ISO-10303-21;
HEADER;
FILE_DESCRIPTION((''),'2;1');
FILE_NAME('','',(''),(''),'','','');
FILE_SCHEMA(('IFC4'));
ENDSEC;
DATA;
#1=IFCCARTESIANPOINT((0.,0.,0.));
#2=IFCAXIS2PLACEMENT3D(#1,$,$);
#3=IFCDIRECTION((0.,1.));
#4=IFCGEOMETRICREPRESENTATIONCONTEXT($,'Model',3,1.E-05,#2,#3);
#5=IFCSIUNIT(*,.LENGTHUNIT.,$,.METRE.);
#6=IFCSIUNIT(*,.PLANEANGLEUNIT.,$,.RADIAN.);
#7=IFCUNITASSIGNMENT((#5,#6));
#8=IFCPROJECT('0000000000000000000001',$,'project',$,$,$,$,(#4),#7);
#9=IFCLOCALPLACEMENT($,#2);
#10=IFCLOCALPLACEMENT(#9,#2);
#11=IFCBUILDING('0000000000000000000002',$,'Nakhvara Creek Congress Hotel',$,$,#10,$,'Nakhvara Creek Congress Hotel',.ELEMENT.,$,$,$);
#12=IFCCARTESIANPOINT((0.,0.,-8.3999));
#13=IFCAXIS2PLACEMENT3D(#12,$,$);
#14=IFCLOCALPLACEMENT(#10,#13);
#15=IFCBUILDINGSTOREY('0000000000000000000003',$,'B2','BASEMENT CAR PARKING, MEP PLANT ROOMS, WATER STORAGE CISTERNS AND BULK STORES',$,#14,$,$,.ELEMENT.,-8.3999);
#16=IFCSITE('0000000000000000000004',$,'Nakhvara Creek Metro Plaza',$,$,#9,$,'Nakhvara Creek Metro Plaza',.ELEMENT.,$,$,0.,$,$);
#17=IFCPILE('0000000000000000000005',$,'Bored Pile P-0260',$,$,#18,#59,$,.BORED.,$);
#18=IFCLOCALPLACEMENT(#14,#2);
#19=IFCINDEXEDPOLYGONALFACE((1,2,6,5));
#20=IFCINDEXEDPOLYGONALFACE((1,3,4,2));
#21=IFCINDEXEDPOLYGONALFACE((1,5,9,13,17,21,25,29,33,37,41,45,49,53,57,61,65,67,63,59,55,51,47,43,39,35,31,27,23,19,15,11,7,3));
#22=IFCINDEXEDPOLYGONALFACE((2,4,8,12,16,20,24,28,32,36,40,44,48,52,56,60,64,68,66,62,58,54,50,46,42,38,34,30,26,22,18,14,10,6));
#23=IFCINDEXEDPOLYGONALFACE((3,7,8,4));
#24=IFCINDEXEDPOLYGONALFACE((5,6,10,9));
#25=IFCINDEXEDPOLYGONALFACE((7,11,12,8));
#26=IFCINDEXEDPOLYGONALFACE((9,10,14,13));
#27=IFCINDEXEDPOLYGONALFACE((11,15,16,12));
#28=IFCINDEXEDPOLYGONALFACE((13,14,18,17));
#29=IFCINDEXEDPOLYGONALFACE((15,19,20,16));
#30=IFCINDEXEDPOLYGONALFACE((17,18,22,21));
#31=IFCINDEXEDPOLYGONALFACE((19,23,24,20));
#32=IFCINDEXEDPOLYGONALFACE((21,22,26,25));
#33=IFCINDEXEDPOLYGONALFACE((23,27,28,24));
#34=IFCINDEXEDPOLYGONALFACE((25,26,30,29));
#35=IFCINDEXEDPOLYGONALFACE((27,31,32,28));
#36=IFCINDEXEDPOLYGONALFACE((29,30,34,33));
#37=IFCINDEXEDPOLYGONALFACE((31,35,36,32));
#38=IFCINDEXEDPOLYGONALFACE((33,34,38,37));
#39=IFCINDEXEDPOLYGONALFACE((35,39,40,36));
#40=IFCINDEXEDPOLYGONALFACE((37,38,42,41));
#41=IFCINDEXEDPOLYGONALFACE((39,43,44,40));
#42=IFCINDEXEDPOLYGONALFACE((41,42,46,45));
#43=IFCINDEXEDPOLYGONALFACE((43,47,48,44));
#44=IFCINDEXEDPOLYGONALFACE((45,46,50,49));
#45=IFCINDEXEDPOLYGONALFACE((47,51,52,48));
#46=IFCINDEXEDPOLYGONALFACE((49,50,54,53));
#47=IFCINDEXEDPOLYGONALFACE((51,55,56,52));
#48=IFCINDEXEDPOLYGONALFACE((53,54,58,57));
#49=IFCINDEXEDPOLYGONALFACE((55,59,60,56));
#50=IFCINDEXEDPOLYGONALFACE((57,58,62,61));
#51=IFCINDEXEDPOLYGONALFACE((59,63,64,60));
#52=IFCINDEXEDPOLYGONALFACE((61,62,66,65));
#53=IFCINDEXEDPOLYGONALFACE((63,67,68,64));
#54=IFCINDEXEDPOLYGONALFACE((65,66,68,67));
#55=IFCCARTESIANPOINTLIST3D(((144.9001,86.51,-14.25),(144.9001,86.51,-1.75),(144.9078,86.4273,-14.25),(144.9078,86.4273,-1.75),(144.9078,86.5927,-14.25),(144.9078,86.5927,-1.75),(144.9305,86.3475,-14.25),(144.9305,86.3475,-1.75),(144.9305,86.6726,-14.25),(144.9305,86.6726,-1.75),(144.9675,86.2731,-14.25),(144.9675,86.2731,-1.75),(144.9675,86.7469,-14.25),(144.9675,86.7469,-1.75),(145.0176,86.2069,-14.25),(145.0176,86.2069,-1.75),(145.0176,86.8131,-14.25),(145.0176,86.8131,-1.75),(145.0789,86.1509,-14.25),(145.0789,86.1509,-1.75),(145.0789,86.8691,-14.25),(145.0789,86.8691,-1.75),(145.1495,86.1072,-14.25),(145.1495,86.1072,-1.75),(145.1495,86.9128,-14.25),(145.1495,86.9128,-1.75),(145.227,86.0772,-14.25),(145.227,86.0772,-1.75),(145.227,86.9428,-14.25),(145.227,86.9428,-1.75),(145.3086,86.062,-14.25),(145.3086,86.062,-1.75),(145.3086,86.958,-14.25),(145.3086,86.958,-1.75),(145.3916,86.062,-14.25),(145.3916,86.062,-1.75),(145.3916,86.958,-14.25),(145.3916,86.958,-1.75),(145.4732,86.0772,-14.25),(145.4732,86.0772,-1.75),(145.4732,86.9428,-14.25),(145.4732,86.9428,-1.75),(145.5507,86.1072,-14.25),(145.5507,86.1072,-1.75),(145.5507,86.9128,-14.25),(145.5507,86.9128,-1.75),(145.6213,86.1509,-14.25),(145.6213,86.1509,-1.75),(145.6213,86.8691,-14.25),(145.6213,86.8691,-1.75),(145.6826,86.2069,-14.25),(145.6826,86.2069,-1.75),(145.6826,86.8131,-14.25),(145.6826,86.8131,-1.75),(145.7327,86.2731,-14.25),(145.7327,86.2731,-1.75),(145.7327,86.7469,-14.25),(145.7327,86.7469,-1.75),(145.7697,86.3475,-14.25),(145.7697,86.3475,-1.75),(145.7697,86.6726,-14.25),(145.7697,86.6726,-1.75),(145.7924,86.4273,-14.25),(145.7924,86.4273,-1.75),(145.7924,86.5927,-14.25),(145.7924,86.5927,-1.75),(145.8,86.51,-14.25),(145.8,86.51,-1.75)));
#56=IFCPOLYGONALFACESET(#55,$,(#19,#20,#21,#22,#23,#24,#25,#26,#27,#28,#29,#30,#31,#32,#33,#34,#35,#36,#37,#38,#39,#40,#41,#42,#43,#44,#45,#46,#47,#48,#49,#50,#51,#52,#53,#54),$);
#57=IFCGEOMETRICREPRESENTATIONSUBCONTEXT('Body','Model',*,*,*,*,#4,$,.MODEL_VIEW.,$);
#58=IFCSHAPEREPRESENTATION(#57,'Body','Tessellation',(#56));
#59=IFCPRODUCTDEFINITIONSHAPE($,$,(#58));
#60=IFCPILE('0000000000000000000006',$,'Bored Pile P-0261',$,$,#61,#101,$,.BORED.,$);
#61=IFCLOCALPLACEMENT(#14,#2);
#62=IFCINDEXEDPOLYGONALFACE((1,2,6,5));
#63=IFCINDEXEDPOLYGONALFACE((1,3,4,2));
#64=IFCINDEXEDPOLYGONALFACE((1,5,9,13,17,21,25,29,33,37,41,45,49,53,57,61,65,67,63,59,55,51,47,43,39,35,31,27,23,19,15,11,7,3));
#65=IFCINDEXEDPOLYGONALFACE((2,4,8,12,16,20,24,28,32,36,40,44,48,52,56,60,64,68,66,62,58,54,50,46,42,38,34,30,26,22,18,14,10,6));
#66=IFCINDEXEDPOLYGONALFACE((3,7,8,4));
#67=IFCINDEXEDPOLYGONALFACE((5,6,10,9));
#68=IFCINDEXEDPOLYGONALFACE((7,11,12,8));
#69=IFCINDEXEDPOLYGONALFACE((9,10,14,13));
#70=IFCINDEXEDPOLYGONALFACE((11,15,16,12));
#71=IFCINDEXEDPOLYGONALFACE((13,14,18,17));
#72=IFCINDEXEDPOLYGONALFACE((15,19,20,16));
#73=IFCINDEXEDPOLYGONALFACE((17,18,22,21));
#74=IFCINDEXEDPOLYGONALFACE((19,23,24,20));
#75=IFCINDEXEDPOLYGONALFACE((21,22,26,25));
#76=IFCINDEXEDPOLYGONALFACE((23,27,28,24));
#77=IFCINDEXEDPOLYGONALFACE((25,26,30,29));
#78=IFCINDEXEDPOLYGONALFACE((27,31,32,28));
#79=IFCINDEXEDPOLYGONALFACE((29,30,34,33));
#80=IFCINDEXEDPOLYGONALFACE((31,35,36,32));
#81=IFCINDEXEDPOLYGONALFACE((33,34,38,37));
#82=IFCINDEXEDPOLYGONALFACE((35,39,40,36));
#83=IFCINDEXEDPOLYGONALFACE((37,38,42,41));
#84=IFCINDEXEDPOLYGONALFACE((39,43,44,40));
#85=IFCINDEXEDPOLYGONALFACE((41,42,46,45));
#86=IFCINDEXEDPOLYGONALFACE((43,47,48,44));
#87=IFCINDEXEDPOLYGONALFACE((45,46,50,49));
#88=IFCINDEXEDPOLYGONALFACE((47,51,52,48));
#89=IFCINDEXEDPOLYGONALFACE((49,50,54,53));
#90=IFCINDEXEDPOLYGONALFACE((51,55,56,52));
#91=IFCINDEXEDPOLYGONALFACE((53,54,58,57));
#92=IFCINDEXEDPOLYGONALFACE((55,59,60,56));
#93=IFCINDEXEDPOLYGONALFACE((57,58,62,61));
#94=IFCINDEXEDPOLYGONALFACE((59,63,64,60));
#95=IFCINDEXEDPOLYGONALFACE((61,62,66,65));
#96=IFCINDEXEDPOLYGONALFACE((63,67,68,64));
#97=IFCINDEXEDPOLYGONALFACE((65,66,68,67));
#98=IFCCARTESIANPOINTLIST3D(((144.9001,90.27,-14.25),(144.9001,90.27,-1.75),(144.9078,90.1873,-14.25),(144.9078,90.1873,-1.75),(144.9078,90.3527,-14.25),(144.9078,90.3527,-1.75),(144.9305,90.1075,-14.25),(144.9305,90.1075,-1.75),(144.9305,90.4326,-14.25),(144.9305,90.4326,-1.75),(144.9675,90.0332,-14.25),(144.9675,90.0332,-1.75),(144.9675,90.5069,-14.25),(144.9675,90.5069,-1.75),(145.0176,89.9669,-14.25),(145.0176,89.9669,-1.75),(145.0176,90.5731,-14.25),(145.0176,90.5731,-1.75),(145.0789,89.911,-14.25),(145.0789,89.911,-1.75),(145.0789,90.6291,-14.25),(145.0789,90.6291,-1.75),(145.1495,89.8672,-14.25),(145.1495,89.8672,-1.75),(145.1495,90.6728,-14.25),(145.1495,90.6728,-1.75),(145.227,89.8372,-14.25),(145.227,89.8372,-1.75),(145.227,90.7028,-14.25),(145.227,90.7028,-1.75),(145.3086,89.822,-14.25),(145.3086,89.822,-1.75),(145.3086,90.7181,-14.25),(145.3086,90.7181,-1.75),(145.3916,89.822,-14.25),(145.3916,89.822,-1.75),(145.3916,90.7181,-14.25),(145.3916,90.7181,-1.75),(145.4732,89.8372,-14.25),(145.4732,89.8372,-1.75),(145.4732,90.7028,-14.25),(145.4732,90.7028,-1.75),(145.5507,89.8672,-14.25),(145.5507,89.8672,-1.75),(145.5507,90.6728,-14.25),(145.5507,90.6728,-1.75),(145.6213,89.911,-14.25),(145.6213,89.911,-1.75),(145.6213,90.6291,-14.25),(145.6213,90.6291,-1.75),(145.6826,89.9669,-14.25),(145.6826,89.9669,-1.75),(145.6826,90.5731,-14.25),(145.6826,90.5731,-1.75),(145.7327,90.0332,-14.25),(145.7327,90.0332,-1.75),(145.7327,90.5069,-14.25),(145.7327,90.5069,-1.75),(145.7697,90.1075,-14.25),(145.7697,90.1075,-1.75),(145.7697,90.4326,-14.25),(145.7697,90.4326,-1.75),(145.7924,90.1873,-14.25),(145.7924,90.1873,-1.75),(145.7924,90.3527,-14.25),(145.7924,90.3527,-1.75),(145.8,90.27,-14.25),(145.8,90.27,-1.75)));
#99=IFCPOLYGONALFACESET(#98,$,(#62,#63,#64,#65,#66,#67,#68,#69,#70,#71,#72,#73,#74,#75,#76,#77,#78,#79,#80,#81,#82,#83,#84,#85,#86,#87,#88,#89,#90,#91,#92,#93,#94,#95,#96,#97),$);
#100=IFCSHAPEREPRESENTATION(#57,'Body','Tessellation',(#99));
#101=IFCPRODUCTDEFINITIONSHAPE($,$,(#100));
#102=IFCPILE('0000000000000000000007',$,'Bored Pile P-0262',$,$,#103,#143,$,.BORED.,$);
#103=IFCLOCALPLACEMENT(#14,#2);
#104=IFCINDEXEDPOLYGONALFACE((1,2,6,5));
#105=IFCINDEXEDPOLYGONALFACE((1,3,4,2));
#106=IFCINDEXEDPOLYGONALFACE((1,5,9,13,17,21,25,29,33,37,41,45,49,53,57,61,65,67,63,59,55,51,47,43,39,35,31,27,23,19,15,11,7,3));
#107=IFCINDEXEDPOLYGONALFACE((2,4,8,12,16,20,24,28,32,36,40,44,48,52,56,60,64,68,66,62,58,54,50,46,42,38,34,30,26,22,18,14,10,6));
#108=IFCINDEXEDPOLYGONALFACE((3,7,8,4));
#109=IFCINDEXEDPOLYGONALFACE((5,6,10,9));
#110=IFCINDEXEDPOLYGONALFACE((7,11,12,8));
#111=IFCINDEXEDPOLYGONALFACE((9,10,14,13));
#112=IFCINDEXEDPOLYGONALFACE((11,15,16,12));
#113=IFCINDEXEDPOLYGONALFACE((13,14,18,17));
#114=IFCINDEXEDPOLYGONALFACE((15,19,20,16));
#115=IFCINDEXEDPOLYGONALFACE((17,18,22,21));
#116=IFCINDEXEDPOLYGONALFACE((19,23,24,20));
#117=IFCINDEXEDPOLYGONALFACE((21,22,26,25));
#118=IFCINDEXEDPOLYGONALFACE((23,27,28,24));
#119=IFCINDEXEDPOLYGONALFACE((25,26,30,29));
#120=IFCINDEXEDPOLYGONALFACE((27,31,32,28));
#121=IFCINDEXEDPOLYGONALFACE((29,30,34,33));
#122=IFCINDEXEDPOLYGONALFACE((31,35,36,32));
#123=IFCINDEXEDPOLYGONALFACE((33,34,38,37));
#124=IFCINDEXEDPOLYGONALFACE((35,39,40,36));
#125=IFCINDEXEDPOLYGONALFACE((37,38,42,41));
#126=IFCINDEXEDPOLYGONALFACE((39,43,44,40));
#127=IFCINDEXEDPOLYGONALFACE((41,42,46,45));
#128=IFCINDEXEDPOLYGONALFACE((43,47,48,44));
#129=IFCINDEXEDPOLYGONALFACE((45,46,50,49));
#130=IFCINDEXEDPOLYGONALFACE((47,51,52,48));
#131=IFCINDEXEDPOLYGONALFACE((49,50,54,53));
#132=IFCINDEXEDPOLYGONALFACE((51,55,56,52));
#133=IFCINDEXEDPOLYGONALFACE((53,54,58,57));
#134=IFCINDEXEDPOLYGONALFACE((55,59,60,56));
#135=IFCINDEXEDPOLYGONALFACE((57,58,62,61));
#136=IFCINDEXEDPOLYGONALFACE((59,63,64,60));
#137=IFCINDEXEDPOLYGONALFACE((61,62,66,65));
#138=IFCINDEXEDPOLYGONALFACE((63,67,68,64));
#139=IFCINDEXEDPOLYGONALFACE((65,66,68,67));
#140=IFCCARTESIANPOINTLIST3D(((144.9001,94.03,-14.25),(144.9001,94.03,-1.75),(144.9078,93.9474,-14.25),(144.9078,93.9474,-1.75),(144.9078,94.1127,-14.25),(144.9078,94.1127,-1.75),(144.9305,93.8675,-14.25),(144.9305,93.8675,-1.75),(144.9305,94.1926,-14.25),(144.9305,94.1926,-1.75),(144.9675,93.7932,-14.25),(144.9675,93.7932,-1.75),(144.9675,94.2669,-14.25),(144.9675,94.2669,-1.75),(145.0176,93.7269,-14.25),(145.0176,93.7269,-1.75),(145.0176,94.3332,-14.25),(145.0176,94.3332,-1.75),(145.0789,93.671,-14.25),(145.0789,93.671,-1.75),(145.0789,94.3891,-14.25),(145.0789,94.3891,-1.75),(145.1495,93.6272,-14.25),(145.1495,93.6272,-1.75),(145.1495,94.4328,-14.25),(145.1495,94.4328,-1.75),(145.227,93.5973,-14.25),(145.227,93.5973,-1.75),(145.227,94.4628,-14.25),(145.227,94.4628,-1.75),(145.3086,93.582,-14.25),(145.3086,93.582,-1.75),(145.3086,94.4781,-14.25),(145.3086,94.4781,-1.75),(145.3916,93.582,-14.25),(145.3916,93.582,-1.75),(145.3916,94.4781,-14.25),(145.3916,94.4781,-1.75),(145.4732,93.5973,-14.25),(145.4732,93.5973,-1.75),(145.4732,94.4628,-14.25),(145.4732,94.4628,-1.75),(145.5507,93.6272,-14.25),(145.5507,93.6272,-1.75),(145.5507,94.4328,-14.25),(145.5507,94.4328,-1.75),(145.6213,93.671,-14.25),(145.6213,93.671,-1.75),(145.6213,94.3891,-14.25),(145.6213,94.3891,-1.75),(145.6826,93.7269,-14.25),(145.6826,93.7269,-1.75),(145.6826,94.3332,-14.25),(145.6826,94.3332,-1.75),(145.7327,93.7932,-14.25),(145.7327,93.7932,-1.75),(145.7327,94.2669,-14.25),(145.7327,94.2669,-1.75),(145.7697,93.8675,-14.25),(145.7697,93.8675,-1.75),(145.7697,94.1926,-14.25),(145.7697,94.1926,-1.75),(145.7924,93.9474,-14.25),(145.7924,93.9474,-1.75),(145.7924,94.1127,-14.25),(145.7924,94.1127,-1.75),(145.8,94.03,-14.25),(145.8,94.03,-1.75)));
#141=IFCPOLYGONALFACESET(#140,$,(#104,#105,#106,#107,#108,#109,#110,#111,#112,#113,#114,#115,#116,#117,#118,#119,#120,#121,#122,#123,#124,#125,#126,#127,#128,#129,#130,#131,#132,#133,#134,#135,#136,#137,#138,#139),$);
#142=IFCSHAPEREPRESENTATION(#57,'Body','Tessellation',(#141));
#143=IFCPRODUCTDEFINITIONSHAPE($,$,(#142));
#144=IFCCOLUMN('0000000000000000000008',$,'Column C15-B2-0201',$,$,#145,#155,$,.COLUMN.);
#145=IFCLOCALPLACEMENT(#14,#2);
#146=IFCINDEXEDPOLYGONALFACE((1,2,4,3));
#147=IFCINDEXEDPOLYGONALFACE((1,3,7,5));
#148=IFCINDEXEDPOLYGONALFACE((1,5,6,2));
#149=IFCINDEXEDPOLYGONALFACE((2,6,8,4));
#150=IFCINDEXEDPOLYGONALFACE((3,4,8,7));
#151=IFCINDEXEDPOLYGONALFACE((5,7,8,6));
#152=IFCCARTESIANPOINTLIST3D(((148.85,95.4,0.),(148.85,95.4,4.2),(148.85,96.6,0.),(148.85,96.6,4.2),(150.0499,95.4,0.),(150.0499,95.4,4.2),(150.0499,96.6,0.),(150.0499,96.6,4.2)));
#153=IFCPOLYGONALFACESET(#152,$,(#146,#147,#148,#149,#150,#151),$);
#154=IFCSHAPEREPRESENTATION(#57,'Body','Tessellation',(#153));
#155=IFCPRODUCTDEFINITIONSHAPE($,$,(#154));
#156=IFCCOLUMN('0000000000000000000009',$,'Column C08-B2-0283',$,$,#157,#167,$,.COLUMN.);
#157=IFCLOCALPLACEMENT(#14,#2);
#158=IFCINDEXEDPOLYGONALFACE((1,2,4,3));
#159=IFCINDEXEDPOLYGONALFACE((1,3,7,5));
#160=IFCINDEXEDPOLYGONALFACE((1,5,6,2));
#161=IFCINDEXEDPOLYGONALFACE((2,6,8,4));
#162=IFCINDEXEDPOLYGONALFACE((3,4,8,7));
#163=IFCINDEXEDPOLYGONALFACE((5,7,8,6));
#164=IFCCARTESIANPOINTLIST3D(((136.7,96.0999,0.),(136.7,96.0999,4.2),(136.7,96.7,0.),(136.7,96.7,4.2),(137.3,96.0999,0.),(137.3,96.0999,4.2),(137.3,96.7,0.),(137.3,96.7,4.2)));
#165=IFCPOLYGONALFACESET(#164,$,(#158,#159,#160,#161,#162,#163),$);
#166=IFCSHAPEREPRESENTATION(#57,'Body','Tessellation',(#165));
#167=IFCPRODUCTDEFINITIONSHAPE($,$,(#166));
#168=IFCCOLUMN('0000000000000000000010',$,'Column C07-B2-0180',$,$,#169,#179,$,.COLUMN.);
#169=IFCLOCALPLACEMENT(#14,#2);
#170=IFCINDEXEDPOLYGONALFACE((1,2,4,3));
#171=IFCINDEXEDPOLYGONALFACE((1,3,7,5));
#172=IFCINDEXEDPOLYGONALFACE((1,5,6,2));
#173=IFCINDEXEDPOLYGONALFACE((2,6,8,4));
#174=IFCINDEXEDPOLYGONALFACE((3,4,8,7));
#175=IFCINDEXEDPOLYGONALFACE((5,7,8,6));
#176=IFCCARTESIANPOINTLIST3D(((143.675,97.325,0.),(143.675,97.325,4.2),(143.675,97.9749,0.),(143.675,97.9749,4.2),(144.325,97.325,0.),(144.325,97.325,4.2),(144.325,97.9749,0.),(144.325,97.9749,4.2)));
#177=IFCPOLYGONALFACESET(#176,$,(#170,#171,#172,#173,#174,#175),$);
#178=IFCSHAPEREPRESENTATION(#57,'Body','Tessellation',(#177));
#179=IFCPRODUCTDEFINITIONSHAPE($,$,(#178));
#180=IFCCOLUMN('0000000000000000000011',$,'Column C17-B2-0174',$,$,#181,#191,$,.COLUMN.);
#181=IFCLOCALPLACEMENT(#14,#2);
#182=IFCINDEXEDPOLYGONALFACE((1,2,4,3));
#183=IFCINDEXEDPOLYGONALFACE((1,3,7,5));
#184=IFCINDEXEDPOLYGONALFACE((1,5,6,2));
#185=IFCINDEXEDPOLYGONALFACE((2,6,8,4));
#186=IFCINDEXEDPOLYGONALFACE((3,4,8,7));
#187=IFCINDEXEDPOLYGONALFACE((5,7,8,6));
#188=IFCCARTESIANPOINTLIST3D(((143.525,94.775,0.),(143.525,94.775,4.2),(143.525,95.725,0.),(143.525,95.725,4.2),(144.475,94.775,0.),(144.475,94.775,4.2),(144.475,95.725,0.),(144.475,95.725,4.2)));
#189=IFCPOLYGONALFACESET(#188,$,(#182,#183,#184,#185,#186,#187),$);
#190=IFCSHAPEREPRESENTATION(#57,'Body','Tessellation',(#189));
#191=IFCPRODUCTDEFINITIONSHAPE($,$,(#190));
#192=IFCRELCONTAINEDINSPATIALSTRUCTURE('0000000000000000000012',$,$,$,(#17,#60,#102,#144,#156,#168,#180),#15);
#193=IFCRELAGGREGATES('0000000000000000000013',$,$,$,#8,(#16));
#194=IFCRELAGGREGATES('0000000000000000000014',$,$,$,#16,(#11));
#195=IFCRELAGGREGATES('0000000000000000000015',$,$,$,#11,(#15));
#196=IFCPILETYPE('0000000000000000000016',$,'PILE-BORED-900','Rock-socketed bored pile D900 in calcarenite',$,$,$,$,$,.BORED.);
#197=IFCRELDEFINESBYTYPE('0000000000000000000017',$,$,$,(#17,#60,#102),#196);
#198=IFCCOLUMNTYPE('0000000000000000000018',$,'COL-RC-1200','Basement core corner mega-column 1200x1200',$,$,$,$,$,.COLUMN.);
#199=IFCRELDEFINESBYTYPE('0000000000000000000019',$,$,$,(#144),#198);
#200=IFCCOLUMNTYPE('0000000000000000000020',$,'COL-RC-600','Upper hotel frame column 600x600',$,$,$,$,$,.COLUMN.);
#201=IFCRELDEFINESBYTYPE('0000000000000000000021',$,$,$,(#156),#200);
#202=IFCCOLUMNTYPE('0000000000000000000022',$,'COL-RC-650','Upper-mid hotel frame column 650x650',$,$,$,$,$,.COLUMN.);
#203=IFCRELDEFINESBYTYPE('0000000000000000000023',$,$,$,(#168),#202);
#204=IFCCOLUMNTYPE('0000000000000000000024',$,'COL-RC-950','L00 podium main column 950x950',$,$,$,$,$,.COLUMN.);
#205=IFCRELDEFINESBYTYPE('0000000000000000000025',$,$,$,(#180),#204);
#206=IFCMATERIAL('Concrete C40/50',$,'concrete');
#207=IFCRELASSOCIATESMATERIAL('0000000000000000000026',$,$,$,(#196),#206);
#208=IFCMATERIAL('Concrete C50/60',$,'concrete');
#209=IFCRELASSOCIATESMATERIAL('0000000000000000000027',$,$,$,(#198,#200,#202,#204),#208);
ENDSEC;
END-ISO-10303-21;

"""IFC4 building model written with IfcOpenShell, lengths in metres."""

from ifc_helpers import new_model, si_unit, direction, frame, origin, origin_2d, place, context, subcontext, project, spatial, rectangle, circle, extrude, material, material_profile, profile_set, type_object, element, save


model = new_model("IFC4")

# Units and contexts
model_context = context("Model", 3, precision=1e-05, world=origin(), true_north=direction((0.0, 1.0)))
body_context = subcontext(model_context, "Body", "Model", "MODEL_VIEW")
ifc_project = project(units=[si_unit("LENGTHUNIT", "METRE"), si_unit("PLANEANGLEUNIT", "RADIAN")], contexts=[model_context])

# Site, building, storey
site_placement = place(None, origin())
site = spatial("IfcSite", under=ifc_project, at=site_placement, Name="Nakhvara Creek Metro Plaza", LongName="Nakhvara Creek Metro Plaza", CompositionType="ELEMENT", RefElevation=0.0)
building_placement = place(site_placement, origin())
building = spatial("IfcBuilding", under=site, at=building_placement, Name="Nakhvara Creek Congress Hotel", LongName="Nakhvara Creek Congress Hotel", CompositionType="ELEMENT")
storey_placement = place(building_placement, frame((0.0, 0.0, -8.3999)))
storey = spatial("IfcBuildingStorey", under=building, at=storey_placement, Name="B2", Description="BASEMENT CAR PARKING, MEP PLANT ROOMS, WATER STORAGE CISTERNS AND BULK STORES", CompositionType="ELEMENT", Elevation=-8.3999)

# Shared definitions
ifc_material_1 = material(Name="Concrete C40/50", Category="concrete")

# Piles
ifc_material_profile_1 = material_profile(ifc_material_1, circle(Radius=0.45, at=origin_2d()), Name="BORED PILE D900", Category="LoadBearing")
ifc_profile_set_1 = profile_set([ifc_material_profile_1], Name="Concrete C40/50")
pile_type_1 = type_object("IfcPileType", Name="PILE-BORED-900", Description="Rock-socketed bored pile D900 in calcarenite", PredefinedType="BORED", material=ifc_profile_set_1)
for number, where, z_axis, x_axis, name in (
    (1, (145.3501, 86.51, -1.75), (0.0, 0.0, -1.0), (1.0, 0.0, 0.0), "Bored Pile P-0260"),
    (2, (145.3501, 90.27, -1.75), (0.0, 0.0, -1.0), (1.0, 0.0, 0.0), "Bored Pile P-0261"),
    (3, (145.3501, 94.03, -1.75), (0.0, 0.0, -1.0), (1.0, 0.0, 0.0), "Bored Pile P-0262"),
):
    element("IfcPile", number, at=place(storey_placement, frame(where, z_axis=z_axis, x_axis=x_axis)), inside=storey, type_object=pile_type_1, Name=name, PredefinedType="BORED", context=body_context, shape_type="SweptSolid", body=[
        extrude(circle(Radius=0.45, at=origin_2d()), origin(), (0.0, 0.0, 1.0), 12.5),
    ])

# Columns
ifc_material_2 = material(Name="Concrete C50/60", Category="concrete")
ifc_material_profile_2 = material_profile(ifc_material_2, rectangle(XDim=1.2, YDim=1.2, at=origin_2d()), Name="RC-COL 1200x1200", Category="LoadBearing")
ifc_profile_set_2 = profile_set([ifc_material_profile_2], Name="Concrete C50/60")
column_type_1 = type_object("IfcColumnType", Name="COL-RC-1200", Description="Basement core corner mega-column 1200x1200", PredefinedType="COLUMN", material=ifc_profile_set_2)
column_1_placement = place(storey_placement, frame((149.45, 96.0, 0.0), z_axis=(0.0, 0.0, 1.0), x_axis=(1.0, 0.0, 0.0)))
element("IfcColumn", 4, at=column_1_placement, inside=storey, type_object=column_type_1, Name="Column C15-B2-0201", PredefinedType="COLUMN", context=body_context, shape_type="SweptSolid", body=[
    extrude(rectangle(XDim=1.2, YDim=1.2, at=origin_2d()), origin(), (0.0, 0.0, 1.0), 4.2),
])
ifc_material_profile_3 = material_profile(ifc_material_2, rectangle(XDim=0.6001, YDim=0.6001, at=origin_2d()), Name="RC-COL 600x600", Category="LoadBearing")
ifc_profile_set_3 = profile_set([ifc_material_profile_3], Name="Concrete C50/60")
column_type_2 = type_object("IfcColumnType", Name="COL-RC-600", Description="Upper hotel frame column 600x600", PredefinedType="COLUMN", material=ifc_profile_set_3)
column_2_placement = place(storey_placement, frame((137.0, 96.3999, 0.0), z_axis=(0.0, 0.0, 1.0), x_axis=(1.0, 0.0, 0.0)))
element("IfcColumn", 5, at=column_2_placement, inside=storey, type_object=column_type_2, Name="Column C08-B2-0283", PredefinedType="COLUMN", context=body_context, shape_type="SweptSolid", body=[
    extrude(rectangle(XDim=0.6001, YDim=0.6001, at=origin_2d()), origin(), (0.0, 0.0, 1.0), 4.2),
])
ifc_material_profile_4 = material_profile(ifc_material_2, rectangle(XDim=0.6499, YDim=0.6499, at=origin_2d()), Name="RC-COL 650x650", Category="LoadBearing")
ifc_profile_set_4 = profile_set([ifc_material_profile_4], Name="Concrete C50/60")
column_type_3 = type_object("IfcColumnType", Name="COL-RC-650", Description="Upper-mid hotel frame column 650x650", PredefinedType="COLUMN", material=ifc_profile_set_4)
column_3_placement = place(storey_placement, frame((144.0, 97.6499, 0.0), z_axis=(0.0, 0.0, 1.0), x_axis=(1.0, 0.0, 0.0)))
element("IfcColumn", 6, at=column_3_placement, inside=storey, type_object=column_type_3, Name="Column C07-B2-0180", PredefinedType="COLUMN", context=body_context, shape_type="SweptSolid", body=[
    extrude(rectangle(XDim=0.6499, YDim=0.6499, at=origin_2d()), origin(), (0.0, 0.0, 1.0), 4.2),
])
ifc_material_profile_5 = material_profile(ifc_material_2, rectangle(XDim=0.95, YDim=0.95, at=origin_2d()), Name="RC-COL 950x950", Category="LoadBearing")
ifc_profile_set_5 = profile_set([ifc_material_profile_5], Name="Concrete C50/60")
column_type_4 = type_object("IfcColumnType", Name="COL-RC-950", Description="L00 podium main column 950x950", PredefinedType="COLUMN", material=ifc_profile_set_5)
column_4_placement = place(storey_placement, frame((144.0, 95.25, 0.0), z_axis=(0.0, 0.0, 1.0), x_axis=(1.0, 0.0, 0.0)))
element("IfcColumn", 7, at=column_4_placement, inside=storey, type_object=column_type_4, Name="Column C17-B2-0174", PredefinedType="COLUMN", context=body_context, shape_type="SweptSolid", body=[
    extrude(rectangle(XDim=0.95, YDim=0.95, at=origin_2d()), origin(), (0.0, 0.0, 1.0), 4.2),
])

save(model, "model.ifc")
